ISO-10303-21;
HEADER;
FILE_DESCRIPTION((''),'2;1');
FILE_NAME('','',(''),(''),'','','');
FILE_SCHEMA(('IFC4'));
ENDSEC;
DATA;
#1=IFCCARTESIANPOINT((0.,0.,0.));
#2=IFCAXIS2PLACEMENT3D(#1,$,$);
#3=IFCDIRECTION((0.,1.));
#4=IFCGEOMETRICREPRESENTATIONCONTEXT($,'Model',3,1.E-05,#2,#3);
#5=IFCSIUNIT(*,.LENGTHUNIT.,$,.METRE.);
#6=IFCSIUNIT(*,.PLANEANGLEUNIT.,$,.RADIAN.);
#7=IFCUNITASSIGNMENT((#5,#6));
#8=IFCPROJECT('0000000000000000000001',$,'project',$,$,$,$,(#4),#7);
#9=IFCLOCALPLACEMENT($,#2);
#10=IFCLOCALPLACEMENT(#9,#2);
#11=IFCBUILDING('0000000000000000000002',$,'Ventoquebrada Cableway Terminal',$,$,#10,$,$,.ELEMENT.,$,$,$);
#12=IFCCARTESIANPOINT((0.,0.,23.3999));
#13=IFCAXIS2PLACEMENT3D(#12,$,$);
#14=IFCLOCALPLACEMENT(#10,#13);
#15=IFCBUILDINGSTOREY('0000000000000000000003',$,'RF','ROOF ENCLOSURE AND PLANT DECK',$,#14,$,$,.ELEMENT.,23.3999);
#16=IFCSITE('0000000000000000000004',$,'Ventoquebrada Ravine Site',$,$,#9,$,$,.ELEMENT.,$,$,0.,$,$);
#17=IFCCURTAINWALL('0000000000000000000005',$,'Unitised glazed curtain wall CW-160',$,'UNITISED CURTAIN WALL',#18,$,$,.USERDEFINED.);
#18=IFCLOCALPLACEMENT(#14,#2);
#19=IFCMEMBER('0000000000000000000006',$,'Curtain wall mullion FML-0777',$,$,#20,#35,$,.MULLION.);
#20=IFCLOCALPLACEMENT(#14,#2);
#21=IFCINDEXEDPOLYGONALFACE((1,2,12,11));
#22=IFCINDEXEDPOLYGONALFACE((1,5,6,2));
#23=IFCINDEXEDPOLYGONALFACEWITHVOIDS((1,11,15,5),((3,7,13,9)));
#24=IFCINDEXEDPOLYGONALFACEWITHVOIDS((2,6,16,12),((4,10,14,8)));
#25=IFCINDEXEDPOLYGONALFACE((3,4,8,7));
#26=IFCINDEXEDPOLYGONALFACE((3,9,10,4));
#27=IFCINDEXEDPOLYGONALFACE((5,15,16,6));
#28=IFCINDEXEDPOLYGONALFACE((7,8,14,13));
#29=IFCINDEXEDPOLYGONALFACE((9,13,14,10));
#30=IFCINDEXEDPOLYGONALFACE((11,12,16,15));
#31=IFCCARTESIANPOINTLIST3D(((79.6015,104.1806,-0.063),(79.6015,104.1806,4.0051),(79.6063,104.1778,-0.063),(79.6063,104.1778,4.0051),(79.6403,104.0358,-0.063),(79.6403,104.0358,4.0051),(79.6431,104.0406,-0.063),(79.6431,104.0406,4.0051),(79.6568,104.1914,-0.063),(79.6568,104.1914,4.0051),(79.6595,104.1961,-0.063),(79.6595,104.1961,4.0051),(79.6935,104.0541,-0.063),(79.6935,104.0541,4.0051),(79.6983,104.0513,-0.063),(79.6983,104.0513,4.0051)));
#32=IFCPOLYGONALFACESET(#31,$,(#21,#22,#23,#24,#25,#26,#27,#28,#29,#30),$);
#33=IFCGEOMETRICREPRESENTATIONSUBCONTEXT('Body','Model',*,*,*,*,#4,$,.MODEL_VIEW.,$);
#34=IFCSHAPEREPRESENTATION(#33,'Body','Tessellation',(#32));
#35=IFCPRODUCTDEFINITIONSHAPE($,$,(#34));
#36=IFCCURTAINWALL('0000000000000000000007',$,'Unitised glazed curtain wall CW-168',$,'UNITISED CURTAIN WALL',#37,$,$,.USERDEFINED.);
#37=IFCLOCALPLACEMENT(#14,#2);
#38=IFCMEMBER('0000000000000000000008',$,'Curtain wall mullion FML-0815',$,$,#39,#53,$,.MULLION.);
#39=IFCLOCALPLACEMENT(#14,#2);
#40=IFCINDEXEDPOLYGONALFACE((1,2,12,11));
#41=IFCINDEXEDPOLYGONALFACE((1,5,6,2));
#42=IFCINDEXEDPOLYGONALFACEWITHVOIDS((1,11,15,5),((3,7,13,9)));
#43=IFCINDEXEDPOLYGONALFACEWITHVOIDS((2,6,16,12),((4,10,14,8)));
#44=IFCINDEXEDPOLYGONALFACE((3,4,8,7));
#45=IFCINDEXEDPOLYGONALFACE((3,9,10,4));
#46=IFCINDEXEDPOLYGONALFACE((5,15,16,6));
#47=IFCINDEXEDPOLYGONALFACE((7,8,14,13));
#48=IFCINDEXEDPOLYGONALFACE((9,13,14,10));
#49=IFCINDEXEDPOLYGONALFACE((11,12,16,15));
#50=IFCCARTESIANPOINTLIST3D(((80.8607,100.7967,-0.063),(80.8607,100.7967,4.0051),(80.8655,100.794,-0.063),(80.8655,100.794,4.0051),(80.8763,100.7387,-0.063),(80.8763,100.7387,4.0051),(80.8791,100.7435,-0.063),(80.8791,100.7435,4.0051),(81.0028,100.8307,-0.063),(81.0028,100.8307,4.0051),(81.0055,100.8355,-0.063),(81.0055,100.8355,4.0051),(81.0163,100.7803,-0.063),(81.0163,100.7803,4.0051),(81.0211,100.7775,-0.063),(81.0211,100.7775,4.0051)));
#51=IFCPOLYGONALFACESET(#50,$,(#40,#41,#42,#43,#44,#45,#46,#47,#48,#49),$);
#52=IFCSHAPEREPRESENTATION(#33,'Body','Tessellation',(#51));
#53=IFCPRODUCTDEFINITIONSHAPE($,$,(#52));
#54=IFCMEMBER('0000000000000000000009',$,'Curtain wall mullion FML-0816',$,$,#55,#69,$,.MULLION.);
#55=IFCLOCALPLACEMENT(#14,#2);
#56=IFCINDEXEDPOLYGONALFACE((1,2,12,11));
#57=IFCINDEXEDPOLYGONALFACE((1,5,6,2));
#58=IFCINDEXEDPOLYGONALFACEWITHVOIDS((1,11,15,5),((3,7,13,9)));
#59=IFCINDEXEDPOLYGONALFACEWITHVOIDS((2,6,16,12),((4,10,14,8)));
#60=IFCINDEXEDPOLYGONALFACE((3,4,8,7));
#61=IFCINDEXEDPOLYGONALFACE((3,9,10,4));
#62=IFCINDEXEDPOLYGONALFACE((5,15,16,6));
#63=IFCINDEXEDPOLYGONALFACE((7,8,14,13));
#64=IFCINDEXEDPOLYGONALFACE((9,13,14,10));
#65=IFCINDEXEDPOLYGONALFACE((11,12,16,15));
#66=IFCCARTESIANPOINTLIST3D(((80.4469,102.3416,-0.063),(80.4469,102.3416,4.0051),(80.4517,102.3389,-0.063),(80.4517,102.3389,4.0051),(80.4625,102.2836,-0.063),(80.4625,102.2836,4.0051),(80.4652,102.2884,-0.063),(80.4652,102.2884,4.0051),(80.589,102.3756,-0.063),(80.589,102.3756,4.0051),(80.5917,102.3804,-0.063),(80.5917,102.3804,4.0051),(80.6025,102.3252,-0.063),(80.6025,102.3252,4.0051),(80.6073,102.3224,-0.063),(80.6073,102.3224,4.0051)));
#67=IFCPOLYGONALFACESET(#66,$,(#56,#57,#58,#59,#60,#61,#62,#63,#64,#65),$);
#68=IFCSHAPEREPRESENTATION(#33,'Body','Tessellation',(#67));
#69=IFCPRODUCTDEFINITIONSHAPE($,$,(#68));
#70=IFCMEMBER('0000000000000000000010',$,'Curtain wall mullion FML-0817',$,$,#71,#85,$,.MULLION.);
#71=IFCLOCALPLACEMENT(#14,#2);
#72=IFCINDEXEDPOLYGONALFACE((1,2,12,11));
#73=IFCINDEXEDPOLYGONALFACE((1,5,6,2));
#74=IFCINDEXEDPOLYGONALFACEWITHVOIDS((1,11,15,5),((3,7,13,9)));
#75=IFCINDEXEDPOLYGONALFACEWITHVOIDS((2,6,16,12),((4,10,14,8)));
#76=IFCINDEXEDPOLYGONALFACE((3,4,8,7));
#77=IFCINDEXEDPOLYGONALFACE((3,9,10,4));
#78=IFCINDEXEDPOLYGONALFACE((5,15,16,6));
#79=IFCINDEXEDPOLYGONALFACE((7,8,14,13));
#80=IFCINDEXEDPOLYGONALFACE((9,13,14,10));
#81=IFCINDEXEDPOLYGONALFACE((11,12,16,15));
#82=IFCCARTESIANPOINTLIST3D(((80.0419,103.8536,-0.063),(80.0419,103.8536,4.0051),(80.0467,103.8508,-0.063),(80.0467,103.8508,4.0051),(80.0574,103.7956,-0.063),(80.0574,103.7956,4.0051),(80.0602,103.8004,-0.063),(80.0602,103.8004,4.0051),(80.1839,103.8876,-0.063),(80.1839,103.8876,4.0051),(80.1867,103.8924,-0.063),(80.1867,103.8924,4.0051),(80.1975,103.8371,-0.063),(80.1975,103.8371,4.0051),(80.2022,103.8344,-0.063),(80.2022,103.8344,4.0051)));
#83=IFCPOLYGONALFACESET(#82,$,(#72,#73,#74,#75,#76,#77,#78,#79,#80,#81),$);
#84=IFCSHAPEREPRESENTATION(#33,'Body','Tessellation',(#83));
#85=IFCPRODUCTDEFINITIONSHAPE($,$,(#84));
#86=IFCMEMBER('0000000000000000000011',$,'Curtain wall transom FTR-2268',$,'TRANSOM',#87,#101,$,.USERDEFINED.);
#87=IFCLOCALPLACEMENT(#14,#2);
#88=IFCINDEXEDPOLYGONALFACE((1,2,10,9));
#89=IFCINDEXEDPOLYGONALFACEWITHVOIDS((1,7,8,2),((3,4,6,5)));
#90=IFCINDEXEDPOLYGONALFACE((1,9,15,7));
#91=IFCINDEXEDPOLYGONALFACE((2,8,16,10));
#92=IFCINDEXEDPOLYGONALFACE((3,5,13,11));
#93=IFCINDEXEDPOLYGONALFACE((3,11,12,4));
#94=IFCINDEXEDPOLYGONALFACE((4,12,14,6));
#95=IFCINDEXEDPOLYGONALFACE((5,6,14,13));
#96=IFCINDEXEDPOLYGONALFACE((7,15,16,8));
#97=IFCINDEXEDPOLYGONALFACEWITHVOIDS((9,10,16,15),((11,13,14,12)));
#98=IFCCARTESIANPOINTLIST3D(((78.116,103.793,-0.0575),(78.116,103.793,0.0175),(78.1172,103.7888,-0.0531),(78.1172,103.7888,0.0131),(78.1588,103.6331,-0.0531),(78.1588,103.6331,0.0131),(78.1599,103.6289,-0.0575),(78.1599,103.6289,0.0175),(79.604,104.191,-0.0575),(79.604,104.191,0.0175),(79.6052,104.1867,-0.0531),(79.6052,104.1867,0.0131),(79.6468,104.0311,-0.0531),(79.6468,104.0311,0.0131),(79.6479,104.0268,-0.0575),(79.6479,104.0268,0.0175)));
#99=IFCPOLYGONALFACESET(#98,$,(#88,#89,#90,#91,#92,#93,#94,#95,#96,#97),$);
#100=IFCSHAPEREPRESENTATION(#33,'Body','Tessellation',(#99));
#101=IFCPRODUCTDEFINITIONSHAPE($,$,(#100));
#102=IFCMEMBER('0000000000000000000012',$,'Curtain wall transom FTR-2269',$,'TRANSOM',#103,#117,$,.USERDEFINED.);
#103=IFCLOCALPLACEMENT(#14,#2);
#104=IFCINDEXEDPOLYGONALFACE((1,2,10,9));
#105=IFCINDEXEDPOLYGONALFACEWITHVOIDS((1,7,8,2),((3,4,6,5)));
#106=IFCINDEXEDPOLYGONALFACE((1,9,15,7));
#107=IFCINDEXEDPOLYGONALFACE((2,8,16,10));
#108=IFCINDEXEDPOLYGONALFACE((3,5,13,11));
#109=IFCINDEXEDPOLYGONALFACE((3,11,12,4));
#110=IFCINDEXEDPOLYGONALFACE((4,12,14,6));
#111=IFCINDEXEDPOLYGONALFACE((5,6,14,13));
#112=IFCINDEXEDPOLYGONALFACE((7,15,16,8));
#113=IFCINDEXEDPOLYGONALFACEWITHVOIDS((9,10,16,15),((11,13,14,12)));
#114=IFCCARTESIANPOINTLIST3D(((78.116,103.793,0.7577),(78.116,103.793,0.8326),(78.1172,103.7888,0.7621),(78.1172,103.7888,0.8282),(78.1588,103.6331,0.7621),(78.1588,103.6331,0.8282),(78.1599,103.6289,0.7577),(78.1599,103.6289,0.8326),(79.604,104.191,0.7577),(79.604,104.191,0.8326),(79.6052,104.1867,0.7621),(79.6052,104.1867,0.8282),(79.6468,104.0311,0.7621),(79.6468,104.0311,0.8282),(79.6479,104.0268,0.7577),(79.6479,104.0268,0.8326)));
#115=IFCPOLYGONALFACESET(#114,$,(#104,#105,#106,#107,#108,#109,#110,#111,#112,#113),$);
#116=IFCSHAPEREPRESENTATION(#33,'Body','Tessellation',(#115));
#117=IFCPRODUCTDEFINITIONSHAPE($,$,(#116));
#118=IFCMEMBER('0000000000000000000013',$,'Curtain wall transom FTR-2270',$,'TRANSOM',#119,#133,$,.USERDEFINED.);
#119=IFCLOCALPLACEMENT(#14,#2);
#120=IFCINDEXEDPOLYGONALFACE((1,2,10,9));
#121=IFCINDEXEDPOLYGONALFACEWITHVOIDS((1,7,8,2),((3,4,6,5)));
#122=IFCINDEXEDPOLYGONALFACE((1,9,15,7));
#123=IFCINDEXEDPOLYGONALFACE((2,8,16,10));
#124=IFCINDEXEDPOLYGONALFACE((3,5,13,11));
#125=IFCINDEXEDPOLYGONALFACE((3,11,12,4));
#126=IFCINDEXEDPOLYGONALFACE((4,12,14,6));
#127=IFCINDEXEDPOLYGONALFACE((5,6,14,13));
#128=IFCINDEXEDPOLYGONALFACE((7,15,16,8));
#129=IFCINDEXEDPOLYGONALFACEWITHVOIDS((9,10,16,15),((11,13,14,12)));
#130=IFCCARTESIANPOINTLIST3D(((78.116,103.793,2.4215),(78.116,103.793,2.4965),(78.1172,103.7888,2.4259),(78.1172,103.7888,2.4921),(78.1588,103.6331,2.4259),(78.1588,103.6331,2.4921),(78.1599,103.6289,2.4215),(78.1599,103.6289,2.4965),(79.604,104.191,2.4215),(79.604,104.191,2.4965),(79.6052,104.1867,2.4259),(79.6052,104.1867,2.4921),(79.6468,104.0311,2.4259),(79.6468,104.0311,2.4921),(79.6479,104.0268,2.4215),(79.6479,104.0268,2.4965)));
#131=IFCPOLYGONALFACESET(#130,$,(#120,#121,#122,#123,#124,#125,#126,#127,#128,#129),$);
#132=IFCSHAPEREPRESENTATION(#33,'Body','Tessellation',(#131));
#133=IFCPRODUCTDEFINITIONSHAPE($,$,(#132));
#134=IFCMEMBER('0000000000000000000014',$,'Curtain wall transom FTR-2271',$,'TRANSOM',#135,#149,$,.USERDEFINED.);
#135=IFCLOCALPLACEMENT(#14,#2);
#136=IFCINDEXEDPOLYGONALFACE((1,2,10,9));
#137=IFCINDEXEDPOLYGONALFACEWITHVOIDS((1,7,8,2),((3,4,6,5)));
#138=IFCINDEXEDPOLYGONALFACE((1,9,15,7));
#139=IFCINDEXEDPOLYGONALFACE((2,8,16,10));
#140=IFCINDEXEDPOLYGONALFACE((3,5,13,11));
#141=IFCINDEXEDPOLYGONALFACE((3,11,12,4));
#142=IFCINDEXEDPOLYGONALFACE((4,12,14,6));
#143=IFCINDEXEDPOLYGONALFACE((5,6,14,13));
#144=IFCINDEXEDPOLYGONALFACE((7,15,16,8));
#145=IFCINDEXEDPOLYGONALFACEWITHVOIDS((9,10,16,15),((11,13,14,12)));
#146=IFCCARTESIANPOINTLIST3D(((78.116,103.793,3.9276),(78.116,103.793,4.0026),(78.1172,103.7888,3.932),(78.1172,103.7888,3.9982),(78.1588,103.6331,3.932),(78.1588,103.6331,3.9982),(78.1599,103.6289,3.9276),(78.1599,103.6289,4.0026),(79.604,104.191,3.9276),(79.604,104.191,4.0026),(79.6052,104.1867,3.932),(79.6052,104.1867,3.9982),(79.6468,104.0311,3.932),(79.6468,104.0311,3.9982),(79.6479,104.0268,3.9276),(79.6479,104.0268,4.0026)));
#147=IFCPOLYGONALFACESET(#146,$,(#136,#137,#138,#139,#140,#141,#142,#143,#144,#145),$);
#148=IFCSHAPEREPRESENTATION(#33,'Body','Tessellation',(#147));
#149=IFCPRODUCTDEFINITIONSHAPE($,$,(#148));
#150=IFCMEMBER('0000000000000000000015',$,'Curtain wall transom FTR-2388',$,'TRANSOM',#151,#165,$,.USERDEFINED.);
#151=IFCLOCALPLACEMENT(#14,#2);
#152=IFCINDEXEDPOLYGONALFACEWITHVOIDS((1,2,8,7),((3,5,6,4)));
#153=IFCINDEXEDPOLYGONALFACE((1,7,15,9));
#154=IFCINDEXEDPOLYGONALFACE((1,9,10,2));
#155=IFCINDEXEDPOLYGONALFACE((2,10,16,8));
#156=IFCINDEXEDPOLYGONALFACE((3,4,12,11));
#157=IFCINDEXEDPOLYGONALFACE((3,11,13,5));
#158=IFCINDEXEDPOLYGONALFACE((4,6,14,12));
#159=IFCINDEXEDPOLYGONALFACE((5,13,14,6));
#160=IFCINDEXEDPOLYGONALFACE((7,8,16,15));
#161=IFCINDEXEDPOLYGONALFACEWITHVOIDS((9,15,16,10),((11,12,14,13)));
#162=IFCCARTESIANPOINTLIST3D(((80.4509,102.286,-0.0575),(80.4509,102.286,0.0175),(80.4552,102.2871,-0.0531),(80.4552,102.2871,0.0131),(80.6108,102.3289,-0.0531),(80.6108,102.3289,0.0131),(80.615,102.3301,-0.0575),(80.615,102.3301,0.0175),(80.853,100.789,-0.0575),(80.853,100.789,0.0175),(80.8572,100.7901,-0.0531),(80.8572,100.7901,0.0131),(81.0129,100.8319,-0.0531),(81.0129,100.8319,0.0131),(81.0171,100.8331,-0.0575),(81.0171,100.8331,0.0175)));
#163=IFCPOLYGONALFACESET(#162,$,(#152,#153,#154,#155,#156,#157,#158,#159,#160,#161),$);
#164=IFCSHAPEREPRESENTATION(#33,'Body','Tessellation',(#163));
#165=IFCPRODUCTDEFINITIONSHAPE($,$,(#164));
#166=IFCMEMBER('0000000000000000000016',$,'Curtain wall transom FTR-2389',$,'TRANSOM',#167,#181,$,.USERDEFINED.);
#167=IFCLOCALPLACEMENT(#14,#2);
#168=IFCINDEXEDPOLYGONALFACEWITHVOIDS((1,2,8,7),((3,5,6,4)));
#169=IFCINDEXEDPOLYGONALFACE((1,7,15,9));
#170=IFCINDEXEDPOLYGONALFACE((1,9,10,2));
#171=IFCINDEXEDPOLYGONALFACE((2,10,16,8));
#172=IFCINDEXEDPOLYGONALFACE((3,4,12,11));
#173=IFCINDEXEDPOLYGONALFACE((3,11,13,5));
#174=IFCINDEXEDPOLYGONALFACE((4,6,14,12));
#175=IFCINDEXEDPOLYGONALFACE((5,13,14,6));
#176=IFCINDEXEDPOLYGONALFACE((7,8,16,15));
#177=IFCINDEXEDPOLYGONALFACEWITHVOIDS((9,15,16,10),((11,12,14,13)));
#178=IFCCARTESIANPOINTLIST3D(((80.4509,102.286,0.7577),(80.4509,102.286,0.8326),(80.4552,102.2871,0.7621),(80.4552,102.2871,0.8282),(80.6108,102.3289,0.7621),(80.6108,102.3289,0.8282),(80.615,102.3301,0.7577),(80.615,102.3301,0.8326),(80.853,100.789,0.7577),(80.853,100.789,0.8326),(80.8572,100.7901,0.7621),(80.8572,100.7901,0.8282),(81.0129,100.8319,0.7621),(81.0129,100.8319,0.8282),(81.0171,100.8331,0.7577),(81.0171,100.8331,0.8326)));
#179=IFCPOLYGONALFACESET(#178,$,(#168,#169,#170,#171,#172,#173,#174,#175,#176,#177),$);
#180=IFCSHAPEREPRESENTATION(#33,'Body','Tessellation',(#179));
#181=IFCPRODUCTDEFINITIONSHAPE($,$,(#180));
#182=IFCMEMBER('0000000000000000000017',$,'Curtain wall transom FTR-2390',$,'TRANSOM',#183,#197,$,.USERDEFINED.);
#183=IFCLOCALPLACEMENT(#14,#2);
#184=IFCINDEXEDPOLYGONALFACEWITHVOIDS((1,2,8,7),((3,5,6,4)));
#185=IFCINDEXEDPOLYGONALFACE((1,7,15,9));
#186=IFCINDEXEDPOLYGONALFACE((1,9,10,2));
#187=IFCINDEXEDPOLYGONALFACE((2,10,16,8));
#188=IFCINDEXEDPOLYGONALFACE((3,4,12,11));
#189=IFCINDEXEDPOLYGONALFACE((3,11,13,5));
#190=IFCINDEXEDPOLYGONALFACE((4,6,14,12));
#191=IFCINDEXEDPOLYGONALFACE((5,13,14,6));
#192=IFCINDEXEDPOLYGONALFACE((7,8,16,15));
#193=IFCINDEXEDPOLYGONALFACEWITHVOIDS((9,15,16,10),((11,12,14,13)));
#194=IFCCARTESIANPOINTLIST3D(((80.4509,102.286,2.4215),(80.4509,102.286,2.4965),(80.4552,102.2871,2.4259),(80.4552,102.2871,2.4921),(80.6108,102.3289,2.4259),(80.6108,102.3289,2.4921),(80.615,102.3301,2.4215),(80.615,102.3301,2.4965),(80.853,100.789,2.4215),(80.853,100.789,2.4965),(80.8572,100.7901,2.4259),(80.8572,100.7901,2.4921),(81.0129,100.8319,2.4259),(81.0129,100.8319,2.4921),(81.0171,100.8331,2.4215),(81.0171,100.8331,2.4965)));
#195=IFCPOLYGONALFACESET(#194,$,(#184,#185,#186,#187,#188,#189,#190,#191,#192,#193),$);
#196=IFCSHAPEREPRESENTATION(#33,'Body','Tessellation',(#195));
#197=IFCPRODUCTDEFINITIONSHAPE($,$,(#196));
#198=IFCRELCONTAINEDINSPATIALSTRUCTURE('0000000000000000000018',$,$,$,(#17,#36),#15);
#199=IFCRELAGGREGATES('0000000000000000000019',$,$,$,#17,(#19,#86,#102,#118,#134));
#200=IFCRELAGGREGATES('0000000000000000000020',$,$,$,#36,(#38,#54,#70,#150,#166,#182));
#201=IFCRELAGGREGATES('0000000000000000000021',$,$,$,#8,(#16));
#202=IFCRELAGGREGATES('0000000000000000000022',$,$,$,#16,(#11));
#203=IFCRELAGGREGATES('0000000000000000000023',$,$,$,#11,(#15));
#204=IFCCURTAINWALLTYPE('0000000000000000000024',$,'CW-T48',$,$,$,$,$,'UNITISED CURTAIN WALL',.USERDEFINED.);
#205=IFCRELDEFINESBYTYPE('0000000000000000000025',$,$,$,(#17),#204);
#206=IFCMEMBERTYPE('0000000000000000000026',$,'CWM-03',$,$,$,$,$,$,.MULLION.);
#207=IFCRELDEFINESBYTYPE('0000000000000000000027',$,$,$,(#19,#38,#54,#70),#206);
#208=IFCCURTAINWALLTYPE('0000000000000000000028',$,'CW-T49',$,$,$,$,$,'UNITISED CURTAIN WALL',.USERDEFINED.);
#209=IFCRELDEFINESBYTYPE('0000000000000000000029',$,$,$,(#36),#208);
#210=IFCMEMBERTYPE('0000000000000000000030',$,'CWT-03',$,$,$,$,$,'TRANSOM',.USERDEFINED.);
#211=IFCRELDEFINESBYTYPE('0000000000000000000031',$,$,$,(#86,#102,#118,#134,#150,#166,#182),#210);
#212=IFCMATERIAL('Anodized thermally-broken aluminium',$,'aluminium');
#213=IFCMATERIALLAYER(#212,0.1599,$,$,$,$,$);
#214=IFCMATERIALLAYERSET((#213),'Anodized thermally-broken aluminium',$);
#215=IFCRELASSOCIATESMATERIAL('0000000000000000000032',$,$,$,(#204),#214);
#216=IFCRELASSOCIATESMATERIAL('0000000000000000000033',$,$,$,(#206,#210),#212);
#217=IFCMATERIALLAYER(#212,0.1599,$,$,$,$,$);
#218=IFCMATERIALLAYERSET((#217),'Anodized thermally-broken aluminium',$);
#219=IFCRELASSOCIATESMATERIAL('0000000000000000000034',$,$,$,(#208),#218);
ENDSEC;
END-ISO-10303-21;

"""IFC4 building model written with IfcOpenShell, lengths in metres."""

from ifc_helpers import new_model, si_unit, direction, frame, origin, origin_2d, place, context, subcontext, project, spatial, hollow_rectangle, extrude, material, layer, layer_set, material_profile, profile_set, type_object, element, aggregate, save


model = new_model("IFC4")

# Units and contexts
model_context = context("Model", 3, precision=1e-05, world=origin(), true_north=direction((0.0, 1.0)))
body_context = subcontext(model_context, "Body", "Model", "MODEL_VIEW")
ifc_project = project(units=[si_unit("LENGTHUNIT", "METRE"), si_unit("PLANEANGLEUNIT", "RADIAN")], contexts=[model_context])

# Site, building, storey
site_placement = place(None, origin())
site = spatial("IfcSite", under=ifc_project, at=site_placement, Name="Ventoquebrada Ravine Site", CompositionType="ELEMENT", RefElevation=0.0)
building_placement = place(site_placement, origin())
building = spatial("IfcBuilding", under=site, at=building_placement, Name="Ventoquebrada Cableway Terminal", CompositionType="ELEMENT")
storey_placement = place(building_placement, frame((0.0, 0.0, 23.3999)))
storey = spatial("IfcBuildingStorey", under=building, at=storey_placement, Name="RF", Description="ROOF ENCLOSURE AND PLANT DECK", CompositionType="ELEMENT", Elevation=23.3999)

# Curtain wall, member
ifc_material_1 = material(Name="Anodized thermally-broken aluminium", Category="aluminium")
ifc_layer_1 = layer(ifc_material_1, 0.1599)
ifc_layer_set_1 = layer_set([ifc_layer_1], Name="Anodized thermally-broken aluminium")
curtain_wall_type_1 = type_object("IfcCurtainWallType", Name="CW-T48", ElementType="UNITISED CURTAIN WALL", PredefinedType="USERDEFINED", material=ifc_layer_set_1)
curtain_wall_1_placement = place(storey_placement, origin())
curtain_wall_1 = element("IfcCurtainWall", 1, at=curtain_wall_1_placement, inside=storey, type_object=curtain_wall_type_1, Name="Unitised glazed curtain wall CW-160", ObjectType="UNITISED CURTAIN WALL", PredefinedType="USERDEFINED")
ifc_material_profile_1 = material_profile(ifc_material_1, hollow_rectangle(XDim=0.0601, YDim=0.1499, WallThickness=0.0039, at=origin_2d()), Name="CW-MUL-60X150")
ifc_profile_set_1 = profile_set([ifc_material_profile_1], Name="Anodized thermally-broken aluminium")
member_type_1 = type_object("IfcMemberType", Name="CWM-03", PredefinedType="MULLION", material=ifc_profile_set_1)
member_1_placement = place(storey_placement, frame((79.6499, 104.116, -0.063), z_axis=(0.0, 0.0, 1.0), x_axis=(-0.965944, -0.258752, 0.0)))
member_1 = element("IfcMember", 2, at=member_1_placement, type_object=member_type_1, Name="Curtain wall mullion FML-0777", PredefinedType="MULLION", context=body_context, shape_type="SweptSolid", body=[
    extrude(hollow_rectangle(XDim=0.0601, YDim=0.1499, WallThickness=0.0039, at=origin_2d()), origin(), (0.0, 0.0, 1.0), 4.0681),
])

# Curtain wall, members
ifc_layer_2 = layer(ifc_material_1, 0.1599)
ifc_layer_set_2 = layer_set([ifc_layer_2], Name="Anodized thermally-broken aluminium")
curtain_wall_type_2 = type_object("IfcCurtainWallType", Name="CW-T49", ElementType="UNITISED CURTAIN WALL", PredefinedType="USERDEFINED", material=ifc_layer_set_2)
curtain_wall_2_placement = place(storey_placement, origin())
curtain_wall_2 = element("IfcCurtainWall", 3, at=curtain_wall_2_placement, inside=storey, type_object=curtain_wall_type_2, Name="Unitised glazed curtain wall CW-168", ObjectType="UNITISED CURTAIN WALL", PredefinedType="USERDEFINED")
member_2_placement = place(storey_placement, frame((80.9409, 100.7871, -0.063), z_axis=(0.0, 0.0, 1.0), x_axis=(-0.258718, 0.965953, 0.0)))
member_2 = element("IfcMember", 4, at=member_2_placement, type_object=member_type_1, Name="Curtain wall mullion FML-0815", PredefinedType="MULLION", context=body_context, shape_type="SweptSolid", body=[
    extrude(hollow_rectangle(XDim=0.0601, YDim=0.1499, WallThickness=0.0039, at=origin_2d()), origin(), (0.0, 0.0, 1.0), 4.0681),
])
member_3_placement = place(storey_placement, frame((80.5271, 102.332, -0.063), z_axis=(0.0, 0.0, 1.0), x_axis=(-0.258718, 0.965953, 0.0)))
member_3 = element("IfcMember", 5, at=member_3_placement, type_object=member_type_1, Name="Curtain wall mullion FML-0816", PredefinedType="MULLION", context=body_context, shape_type="SweptSolid", body=[
    extrude(hollow_rectangle(XDim=0.0601, YDim=0.1499, WallThickness=0.0039, at=origin_2d()), origin(), (0.0, 0.0, 1.0), 4.0681),
])
member_4_placement = place(storey_placement, frame((80.1221, 103.844, -0.063), z_axis=(0.0, 0.0, 1.0), x_axis=(-0.258718, 0.965953, 0.0)))
member_4 = element("IfcMember", 6, at=member_4_placement, type_object=member_type_1, Name="Curtain wall mullion FML-0817", PredefinedType="MULLION", context=body_context, shape_type="SweptSolid", body=[
    extrude(hollow_rectangle(XDim=0.0601, YDim=0.1499, WallThickness=0.0039, at=origin_2d()), origin(), (0.0, 0.0, 1.0), 4.0681),
])

# Members
ifc_material_profile_2 = material_profile(ifc_material_1, hollow_rectangle(XDim=0.075, YDim=0.1699, WallThickness=0.0044, at=origin_2d()), Name="CW-TRN-75X170")
ifc_profile_set_2 = profile_set([ifc_material_profile_2], Name="Anodized thermally-broken aluminium")
member_type_2 = type_object("IfcMemberType", Name="CWT-03", ElementType="TRANSOM", PredefinedType="USERDEFINED", material=ifc_profile_set_2)
member_5_placement = place(storey_placement, frame((79.626, 104.1089, -0.02), z_axis=(-0.966051, -0.258353, 0.0), x_axis=(0.0, 0.0, 1.0)))
member_5 = element("IfcMember", 7, at=member_5_placement, type_object=member_type_2, Name="Curtain wall transom FTR-2268", ObjectType="TRANSOM", PredefinedType="USERDEFINED", context=body_context, shape_type="SweptSolid", body=[
    extrude(hollow_rectangle(XDim=0.075, YDim=0.1699, WallThickness=0.0044, at=origin_2d()), origin(), (0.0, 0.0, 1.0), 1.5403),
])
member_6_placement = place(storey_placement, frame((79.626, 104.1089, 0.7952), z_axis=(-0.966051, -0.258353, 0.0), x_axis=(0.0, 0.0, 1.0)))
member_6 = element("IfcMember", 8, at=member_6_placement, type_object=member_type_2, Name="Curtain wall transom FTR-2269", ObjectType="TRANSOM", PredefinedType="USERDEFINED", context=body_context, shape_type="SweptSolid", body=[
    extrude(hollow_rectangle(XDim=0.075, YDim=0.1699, WallThickness=0.0044, at=origin_2d()), origin(), (0.0, 0.0, 1.0), 1.5403),
])
member_7_placement = place(storey_placement, frame((79.626, 104.1089, 2.459), z_axis=(-0.966051, -0.258353, 0.0), x_axis=(0.0, 0.0, 1.0)))
member_7 = element("IfcMember", 9, at=member_7_placement, type_object=member_type_2, Name="Curtain wall transom FTR-2270", ObjectType="TRANSOM", PredefinedType="USERDEFINED", context=body_context, shape_type="SweptSolid", body=[
    extrude(hollow_rectangle(XDim=0.075, YDim=0.1699, WallThickness=0.0044, at=origin_2d()), origin(), (0.0, 0.0, 1.0), 1.5403),
])
member_8_placement = place(storey_placement, frame((79.626, 104.1089, 3.9651), z_axis=(-0.966051, -0.258353, 0.0), x_axis=(0.0, 0.0, 1.0)))
member_8 = element("IfcMember", 10, at=member_8_placement, type_object=member_type_2, Name="Curtain wall transom FTR-2271", ObjectType="TRANSOM", PredefinedType="USERDEFINED", context=body_context, shape_type="SweptSolid", body=[
    extrude(hollow_rectangle(XDim=0.075, YDim=0.1699, WallThickness=0.0044, at=origin_2d()), origin(), (0.0, 0.0, 1.0), 1.5403),
])
member_9_placement = place(storey_placement, frame((80.9351, 100.811, -0.02), z_axis=(-0.259397, 0.965771, 0.0), x_axis=(0.0, 0.0, 1.0)))
member_9 = element("IfcMember", 11, at=member_9_placement, type_object=member_type_2, Name="Curtain wall transom FTR-2388", ObjectType="TRANSOM", PredefinedType="USERDEFINED", context=body_context, shape_type="SweptSolid", body=[
    extrude(hollow_rectangle(XDim=0.075, YDim=0.1699, WallThickness=0.0044, at=origin_2d()), origin(), (0.0, 0.0, 1.0), 1.55),
])
member_10_placement = place(storey_placement, frame((80.9351, 100.811, 0.7952), z_axis=(-0.259397, 0.965771, 0.0), x_axis=(0.0, 0.0, 1.0)))
member_10 = element("IfcMember", 12, at=member_10_placement, type_object=member_type_2, Name="Curtain wall transom FTR-2389", ObjectType="TRANSOM", PredefinedType="USERDEFINED", context=body_context, shape_type="SweptSolid", body=[
    extrude(hollow_rectangle(XDim=0.075, YDim=0.1699, WallThickness=0.0044, at=origin_2d()), origin(), (0.0, 0.0, 1.0), 1.55),
])
member_11_placement = place(storey_placement, frame((80.9351, 100.811, 2.459), z_axis=(-0.259397, 0.965771, 0.0), x_axis=(0.0, 0.0, 1.0)))
member_11 = element("IfcMember", 13, at=member_11_placement, type_object=member_type_2, Name="Curtain wall transom FTR-2390", ObjectType="TRANSOM", PredefinedType="USERDEFINED", context=body_context, shape_type="SweptSolid", body=[
    extrude(hollow_rectangle(XDim=0.075, YDim=0.1699, WallThickness=0.0044, at=origin_2d()), origin(), (0.0, 0.0, 1.0), 1.55),
])

aggregate(curtain_wall_1, [member_1, member_5, member_6, member_7, member_8])
aggregate(curtain_wall_2, [member_2, member_3, member_4, member_9, member_10, member_11])

save(model, "model.ifc")
